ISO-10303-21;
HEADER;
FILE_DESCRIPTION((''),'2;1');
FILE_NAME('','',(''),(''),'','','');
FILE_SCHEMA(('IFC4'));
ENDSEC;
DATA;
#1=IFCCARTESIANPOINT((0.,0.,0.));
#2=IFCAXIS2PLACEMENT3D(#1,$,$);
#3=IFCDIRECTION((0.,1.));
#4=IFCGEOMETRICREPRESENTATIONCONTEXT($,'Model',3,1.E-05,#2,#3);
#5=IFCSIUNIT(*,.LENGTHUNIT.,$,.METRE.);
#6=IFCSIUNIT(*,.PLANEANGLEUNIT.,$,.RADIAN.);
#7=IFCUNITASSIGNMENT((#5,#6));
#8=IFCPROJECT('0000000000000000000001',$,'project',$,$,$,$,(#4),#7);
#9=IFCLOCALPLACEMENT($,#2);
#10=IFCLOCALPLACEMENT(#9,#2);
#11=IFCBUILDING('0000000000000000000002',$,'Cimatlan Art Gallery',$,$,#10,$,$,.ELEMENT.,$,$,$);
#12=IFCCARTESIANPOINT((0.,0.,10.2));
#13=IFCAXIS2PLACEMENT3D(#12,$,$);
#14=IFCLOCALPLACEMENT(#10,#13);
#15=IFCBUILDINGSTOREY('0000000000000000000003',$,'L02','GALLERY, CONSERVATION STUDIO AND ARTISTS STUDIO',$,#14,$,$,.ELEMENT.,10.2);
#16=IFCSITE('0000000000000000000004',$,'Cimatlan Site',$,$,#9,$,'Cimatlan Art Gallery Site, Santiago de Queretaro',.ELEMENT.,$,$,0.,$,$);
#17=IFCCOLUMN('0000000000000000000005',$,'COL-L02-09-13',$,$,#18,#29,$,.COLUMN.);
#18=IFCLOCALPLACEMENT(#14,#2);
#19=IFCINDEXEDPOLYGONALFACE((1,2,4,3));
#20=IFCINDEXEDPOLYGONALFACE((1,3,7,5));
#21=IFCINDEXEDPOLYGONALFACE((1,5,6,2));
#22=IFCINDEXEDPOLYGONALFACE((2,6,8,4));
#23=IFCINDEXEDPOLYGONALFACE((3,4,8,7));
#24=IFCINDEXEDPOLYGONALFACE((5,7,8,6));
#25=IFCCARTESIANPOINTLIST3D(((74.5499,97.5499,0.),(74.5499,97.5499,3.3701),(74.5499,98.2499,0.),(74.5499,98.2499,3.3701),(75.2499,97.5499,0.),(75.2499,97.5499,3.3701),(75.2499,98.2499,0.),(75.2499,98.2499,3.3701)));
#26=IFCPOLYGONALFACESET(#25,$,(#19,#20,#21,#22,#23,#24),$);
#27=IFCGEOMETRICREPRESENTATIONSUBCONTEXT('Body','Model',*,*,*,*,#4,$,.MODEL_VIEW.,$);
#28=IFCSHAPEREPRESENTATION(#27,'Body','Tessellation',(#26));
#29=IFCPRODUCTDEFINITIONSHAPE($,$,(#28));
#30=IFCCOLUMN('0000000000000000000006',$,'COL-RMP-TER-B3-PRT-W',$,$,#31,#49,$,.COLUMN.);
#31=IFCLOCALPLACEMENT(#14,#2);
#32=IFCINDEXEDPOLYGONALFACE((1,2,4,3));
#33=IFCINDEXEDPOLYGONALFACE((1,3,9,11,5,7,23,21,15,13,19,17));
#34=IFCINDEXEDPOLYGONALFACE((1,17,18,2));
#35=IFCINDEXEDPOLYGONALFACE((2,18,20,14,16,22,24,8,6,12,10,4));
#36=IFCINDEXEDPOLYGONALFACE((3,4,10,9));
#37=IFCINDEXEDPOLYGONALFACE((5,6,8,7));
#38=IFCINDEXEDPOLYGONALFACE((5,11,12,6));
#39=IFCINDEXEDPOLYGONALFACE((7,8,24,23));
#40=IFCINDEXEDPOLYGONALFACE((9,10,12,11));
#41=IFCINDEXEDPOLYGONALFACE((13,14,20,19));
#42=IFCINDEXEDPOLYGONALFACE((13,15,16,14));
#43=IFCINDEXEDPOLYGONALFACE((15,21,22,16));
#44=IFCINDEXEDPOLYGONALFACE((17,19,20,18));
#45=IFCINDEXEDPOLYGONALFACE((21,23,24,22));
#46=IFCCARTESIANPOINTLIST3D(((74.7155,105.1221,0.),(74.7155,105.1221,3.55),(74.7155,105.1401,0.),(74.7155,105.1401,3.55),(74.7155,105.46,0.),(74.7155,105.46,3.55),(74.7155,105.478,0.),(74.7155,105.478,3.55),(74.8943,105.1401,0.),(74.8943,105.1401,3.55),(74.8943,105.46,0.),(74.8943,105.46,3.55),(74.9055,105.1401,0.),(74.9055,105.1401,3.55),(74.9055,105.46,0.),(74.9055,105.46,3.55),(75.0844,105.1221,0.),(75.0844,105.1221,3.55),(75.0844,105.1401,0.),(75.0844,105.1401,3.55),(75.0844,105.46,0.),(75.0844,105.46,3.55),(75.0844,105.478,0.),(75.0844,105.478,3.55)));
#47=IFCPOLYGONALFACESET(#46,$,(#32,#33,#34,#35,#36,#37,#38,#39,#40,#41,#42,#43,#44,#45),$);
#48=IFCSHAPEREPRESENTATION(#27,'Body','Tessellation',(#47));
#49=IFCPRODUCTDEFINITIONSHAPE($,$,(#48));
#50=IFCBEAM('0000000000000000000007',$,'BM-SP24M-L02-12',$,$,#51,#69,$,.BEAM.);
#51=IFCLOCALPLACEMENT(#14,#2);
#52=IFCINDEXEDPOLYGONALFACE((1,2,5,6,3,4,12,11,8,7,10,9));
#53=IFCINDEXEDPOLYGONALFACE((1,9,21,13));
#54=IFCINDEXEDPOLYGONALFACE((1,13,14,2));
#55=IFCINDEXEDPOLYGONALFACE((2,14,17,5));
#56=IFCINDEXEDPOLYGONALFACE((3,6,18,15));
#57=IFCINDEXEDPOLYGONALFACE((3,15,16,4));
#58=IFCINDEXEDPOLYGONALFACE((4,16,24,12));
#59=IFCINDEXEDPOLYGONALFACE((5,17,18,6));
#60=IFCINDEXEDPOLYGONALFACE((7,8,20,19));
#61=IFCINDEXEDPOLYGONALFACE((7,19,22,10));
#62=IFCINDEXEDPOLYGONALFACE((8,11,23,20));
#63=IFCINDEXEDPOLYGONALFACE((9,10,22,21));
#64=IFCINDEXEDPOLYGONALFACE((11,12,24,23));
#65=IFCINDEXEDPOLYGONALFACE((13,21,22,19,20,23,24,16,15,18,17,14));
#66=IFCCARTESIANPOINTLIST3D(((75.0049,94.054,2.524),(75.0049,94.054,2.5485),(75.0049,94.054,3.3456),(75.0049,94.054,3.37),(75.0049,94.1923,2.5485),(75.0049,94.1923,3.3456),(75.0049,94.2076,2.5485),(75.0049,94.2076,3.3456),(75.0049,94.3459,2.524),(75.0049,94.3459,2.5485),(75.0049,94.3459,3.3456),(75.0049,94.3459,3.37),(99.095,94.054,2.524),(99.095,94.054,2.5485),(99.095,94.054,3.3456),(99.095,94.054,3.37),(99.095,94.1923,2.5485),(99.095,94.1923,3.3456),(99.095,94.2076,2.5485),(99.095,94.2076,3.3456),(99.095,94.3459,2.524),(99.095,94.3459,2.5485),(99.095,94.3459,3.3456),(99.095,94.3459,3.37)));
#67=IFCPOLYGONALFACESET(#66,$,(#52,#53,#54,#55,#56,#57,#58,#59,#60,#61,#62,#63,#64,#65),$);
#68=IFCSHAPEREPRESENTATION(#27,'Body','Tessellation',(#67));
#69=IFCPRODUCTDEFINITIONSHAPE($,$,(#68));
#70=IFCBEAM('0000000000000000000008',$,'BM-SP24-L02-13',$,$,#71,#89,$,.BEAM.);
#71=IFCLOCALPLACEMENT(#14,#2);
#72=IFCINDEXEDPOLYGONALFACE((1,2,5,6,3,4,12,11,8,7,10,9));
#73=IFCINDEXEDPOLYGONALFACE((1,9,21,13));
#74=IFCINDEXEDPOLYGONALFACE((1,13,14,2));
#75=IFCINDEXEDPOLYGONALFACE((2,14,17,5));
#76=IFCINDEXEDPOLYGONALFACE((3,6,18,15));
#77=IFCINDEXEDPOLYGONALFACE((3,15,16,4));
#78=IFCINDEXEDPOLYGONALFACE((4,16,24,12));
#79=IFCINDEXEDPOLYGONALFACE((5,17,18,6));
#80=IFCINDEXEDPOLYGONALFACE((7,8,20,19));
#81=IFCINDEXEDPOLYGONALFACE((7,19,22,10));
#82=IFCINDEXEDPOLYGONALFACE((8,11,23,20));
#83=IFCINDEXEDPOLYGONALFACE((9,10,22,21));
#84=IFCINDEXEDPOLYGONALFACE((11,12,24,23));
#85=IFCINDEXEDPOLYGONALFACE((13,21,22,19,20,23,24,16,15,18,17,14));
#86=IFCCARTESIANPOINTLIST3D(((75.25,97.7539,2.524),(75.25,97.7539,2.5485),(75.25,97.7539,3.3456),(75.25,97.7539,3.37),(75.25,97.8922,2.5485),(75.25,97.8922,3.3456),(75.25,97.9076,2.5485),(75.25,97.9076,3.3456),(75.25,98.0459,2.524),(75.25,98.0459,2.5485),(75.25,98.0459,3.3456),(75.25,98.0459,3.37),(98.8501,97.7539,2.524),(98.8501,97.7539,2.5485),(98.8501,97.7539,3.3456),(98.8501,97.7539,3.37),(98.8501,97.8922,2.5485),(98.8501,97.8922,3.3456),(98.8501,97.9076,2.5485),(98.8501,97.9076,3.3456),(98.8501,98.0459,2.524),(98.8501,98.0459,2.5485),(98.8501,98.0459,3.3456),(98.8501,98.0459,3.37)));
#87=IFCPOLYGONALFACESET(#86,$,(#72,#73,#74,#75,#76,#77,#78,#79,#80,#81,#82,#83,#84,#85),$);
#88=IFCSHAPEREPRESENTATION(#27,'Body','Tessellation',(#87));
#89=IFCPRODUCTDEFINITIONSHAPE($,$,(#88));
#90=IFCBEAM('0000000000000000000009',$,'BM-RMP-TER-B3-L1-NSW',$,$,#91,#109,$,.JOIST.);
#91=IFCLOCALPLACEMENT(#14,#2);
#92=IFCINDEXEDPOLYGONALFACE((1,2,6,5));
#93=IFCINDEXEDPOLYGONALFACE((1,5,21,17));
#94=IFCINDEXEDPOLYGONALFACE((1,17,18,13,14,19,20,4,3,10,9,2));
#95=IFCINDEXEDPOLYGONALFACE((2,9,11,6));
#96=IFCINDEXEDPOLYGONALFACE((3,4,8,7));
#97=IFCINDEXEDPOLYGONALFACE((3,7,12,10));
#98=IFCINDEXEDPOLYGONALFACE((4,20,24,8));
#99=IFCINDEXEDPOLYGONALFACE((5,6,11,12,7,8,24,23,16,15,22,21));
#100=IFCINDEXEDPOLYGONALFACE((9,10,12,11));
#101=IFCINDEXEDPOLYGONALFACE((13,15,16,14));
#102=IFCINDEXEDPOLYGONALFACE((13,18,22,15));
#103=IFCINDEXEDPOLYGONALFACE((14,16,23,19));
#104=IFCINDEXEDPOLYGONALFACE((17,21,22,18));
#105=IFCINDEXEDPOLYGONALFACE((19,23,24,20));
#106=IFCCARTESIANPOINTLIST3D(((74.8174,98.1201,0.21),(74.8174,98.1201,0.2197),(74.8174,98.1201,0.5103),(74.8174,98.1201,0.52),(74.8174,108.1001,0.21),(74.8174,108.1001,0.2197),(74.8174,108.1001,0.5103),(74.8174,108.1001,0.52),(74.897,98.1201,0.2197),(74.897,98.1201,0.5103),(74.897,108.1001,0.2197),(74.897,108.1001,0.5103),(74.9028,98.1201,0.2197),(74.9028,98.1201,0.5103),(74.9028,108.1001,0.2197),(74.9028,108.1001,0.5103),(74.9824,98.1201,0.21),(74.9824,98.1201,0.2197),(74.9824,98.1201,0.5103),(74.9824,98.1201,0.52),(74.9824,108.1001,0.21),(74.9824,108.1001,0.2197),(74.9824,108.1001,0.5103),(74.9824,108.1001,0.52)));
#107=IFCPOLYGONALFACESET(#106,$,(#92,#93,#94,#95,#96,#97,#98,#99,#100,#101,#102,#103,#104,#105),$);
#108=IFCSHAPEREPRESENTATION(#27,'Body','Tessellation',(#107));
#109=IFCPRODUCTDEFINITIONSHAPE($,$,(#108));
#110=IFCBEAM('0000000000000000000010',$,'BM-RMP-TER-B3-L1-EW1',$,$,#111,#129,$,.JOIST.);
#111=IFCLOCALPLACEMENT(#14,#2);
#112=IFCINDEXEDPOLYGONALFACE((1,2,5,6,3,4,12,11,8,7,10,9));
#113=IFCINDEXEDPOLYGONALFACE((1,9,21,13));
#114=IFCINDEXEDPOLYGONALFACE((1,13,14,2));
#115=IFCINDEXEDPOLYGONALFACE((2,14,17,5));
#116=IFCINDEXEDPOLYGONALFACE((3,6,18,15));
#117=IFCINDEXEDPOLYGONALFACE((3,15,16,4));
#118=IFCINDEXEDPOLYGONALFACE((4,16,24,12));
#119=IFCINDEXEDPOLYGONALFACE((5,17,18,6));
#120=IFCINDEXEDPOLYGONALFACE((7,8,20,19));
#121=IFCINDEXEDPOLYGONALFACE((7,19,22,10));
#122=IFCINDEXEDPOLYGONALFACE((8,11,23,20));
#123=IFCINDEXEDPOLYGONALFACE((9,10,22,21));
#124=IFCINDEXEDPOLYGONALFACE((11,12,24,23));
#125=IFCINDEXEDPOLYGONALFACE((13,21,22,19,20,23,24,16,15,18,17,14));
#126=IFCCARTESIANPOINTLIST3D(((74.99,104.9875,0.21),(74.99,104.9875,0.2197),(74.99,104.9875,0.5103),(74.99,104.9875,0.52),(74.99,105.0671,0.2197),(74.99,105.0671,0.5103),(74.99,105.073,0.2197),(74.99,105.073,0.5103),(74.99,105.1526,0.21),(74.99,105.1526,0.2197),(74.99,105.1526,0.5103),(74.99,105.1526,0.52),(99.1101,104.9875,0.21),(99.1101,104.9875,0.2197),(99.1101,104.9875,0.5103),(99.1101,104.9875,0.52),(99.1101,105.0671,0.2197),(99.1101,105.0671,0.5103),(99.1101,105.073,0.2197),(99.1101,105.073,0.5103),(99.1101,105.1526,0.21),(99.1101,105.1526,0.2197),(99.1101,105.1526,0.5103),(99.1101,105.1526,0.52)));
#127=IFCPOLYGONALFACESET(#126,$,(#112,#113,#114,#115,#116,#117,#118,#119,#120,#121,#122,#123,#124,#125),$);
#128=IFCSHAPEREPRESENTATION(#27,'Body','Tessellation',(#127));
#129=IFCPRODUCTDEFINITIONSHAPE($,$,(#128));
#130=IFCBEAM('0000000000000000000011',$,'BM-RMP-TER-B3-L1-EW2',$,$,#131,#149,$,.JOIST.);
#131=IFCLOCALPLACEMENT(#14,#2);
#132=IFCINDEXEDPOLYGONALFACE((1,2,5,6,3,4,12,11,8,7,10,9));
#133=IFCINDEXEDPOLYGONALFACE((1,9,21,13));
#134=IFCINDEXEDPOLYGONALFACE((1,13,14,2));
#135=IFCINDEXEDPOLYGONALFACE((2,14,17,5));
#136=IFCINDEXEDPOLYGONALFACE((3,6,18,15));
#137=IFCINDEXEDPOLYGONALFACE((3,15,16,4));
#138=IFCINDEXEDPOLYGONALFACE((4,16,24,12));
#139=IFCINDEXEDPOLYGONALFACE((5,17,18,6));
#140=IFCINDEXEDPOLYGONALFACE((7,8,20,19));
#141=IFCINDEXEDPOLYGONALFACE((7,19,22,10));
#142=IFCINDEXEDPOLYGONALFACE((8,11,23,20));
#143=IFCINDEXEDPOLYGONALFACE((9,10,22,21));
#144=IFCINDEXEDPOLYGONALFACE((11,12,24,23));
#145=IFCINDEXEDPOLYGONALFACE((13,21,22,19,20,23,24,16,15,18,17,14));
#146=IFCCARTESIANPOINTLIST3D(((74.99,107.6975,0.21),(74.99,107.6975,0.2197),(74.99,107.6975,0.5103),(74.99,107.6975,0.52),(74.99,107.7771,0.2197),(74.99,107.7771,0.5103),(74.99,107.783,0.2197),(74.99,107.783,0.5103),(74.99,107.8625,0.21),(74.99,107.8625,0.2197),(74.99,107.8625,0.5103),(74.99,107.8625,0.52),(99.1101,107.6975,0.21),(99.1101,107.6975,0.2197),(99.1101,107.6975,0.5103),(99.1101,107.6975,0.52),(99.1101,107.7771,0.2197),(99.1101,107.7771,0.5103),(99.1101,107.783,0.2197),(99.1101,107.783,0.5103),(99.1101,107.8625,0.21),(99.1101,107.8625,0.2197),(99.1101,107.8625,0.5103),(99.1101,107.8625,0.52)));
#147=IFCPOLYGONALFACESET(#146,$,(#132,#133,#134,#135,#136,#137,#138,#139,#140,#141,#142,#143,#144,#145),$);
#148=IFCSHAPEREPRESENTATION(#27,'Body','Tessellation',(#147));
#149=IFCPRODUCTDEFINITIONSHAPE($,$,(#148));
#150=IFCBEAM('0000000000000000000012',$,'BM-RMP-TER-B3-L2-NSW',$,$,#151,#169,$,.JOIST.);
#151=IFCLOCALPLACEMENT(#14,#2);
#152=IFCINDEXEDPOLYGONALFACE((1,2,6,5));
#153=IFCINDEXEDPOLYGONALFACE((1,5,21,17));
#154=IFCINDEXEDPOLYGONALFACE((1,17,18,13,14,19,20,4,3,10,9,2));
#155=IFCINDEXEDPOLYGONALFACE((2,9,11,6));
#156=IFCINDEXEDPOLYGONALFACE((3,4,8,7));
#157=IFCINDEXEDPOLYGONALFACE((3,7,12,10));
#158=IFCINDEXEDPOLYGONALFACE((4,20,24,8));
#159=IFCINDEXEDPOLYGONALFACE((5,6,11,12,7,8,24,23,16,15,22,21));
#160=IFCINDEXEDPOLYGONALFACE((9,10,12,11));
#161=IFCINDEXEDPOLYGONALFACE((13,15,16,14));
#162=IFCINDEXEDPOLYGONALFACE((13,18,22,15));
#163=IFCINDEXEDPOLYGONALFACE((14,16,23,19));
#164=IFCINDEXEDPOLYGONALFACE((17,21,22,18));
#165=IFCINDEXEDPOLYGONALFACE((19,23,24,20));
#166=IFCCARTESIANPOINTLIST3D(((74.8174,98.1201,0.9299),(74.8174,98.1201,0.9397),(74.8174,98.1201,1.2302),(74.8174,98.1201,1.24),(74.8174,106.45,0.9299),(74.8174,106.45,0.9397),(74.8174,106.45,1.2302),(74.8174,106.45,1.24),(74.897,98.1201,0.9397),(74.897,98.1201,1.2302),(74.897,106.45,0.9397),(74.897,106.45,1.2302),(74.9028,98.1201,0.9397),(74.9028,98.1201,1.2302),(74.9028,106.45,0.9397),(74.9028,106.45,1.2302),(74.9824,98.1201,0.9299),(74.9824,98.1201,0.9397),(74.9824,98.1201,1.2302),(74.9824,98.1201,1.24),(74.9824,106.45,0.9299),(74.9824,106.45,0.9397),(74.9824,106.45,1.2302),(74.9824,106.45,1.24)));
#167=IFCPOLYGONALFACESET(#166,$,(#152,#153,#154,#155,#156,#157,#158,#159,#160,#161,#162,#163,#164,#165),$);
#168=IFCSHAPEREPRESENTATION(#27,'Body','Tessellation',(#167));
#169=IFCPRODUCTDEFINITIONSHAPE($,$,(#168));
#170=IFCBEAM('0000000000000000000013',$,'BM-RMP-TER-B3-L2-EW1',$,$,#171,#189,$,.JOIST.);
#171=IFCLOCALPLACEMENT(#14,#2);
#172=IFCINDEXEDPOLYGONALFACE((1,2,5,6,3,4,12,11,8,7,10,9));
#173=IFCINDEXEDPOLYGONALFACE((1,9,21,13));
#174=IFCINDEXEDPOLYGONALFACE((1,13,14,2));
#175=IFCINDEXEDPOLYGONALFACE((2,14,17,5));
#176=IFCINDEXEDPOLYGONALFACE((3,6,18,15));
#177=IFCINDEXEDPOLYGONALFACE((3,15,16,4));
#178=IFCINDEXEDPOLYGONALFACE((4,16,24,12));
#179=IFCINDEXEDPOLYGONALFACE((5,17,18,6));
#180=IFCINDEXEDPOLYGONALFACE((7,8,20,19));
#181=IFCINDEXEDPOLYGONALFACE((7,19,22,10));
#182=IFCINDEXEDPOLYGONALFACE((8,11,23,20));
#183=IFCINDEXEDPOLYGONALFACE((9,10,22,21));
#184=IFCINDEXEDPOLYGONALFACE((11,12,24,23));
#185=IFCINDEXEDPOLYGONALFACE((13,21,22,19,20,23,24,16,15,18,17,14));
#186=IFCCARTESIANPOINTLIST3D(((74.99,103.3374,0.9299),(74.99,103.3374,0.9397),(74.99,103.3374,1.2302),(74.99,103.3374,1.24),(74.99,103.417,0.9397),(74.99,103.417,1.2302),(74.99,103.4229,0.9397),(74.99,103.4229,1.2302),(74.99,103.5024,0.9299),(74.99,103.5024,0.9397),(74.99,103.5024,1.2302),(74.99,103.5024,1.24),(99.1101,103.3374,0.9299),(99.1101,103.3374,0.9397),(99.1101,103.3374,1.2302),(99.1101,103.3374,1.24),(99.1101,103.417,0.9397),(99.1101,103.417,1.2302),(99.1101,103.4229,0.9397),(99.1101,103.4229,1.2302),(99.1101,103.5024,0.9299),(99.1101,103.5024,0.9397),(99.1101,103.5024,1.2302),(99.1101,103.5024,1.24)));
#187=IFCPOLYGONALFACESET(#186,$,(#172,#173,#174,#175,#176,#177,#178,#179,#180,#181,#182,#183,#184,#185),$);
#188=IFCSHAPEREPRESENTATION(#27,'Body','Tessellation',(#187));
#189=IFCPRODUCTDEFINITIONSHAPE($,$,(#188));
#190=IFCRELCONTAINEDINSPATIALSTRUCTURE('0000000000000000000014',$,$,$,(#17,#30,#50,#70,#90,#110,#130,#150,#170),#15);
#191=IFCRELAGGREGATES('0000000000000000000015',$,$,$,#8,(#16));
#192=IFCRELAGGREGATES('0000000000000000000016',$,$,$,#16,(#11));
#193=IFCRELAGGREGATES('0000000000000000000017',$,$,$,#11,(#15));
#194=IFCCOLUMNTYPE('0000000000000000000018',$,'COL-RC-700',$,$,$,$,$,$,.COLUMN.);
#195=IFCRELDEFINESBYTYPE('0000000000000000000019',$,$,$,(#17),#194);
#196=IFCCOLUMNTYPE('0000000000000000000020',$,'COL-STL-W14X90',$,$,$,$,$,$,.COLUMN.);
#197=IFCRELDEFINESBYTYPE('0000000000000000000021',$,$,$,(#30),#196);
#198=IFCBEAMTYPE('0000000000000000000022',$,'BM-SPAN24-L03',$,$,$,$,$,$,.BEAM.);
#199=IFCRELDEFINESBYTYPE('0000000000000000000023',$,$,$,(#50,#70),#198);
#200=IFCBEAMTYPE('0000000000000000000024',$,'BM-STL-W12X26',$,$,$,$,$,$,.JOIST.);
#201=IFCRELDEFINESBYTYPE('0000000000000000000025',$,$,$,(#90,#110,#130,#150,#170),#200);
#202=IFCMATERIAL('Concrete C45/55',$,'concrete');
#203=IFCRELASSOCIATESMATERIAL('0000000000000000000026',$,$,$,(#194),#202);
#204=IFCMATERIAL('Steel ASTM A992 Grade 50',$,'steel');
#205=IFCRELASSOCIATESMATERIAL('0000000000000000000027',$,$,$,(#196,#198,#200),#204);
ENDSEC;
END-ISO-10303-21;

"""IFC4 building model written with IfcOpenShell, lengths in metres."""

from ifc_helpers import new_model, si_unit, direction, frame, origin, origin_2d, place, context, subcontext, project, spatial, rectangle, i_section, extrude, material, material_profile, profile_set, type_object, element, save


model = new_model("IFC4")

# Units and contexts
model_context = context("Model", 3, precision=1e-05, world=origin(), true_north=direction((0.0, 1.0)))
body_context = subcontext(model_context, "Body", "Model", "MODEL_VIEW")
ifc_project = project(units=[si_unit("LENGTHUNIT", "METRE"), si_unit("PLANEANGLEUNIT", "RADIAN")], contexts=[model_context])

# Site, building, storey
site_placement = place(None, origin())
site = spatial("IfcSite", under=ifc_project, at=site_placement, Name="Cimatlan Site", LongName="Cimatlan Art Gallery Site, Santiago de Queretaro", CompositionType="ELEMENT", RefElevation=0.0)
building_placement = place(site_placement, origin())
building = spatial("IfcBuilding", under=site, at=building_placement, Name="Cimatlan Art Gallery", CompositionType="ELEMENT")
storey_placement = place(building_placement, frame((0.0, 0.0, 10.2)))
storey = spatial("IfcBuildingStorey", under=building, at=storey_placement, Name="L02", Description="GALLERY, CONSERVATION STUDIO AND ARTISTS STUDIO", CompositionType="ELEMENT", Elevation=10.2)

# Columns
ifc_material_1 = material(Name="Concrete C45/55", Category="concrete")
ifc_material_profile_1 = material_profile(ifc_material_1, rectangle(XDim=0.7, YDim=0.7, at=origin_2d()), Name="RC700X700")
ifc_profile_set_1 = profile_set([ifc_material_profile_1], Name="Concrete C45/55")
column_type_1 = type_object("IfcColumnType", Name="COL-RC-700", PredefinedType="COLUMN", material=ifc_profile_set_1)
column_1_placement = place(storey_placement, frame((74.8999, 97.8999, 0.0), z_axis=(0.0, 0.0, 1.0), x_axis=(1.0, 0.0, 0.0)))
element("IfcColumn", 1, at=column_1_placement, inside=storey, type_object=column_type_1, Name="COL-L02-09-13", PredefinedType="COLUMN", context=body_context, shape_type="SweptSolid", body=[
    extrude(rectangle(XDim=0.7, YDim=0.7, at=origin_2d()), origin(), (0.0, 0.0, 1.0), 3.3701),
])
ifc_material_2 = material(Name="Steel ASTM A992 Grade 50", Category="steel")
ifc_material_profile_2 = material_profile(ifc_material_2, i_section(OverallWidth=0.3689, OverallDepth=0.356, WebThickness=0.0112, FlangeThickness=0.0181, at=origin_2d()), Name="W14X90")
ifc_profile_set_2 = profile_set([ifc_material_profile_2], Name="Steel ASTM A992 Grade 50")
column_type_2 = type_object("IfcColumnType", Name="COL-STL-W14X90", PredefinedType="COLUMN", material=ifc_profile_set_2)
column_2_placement = place(storey_placement, frame((74.8999, 105.3, 0.0), z_axis=(0.0, 0.0, 1.0), x_axis=(1.0, 0.0, 0.0)))
element("IfcColumn", 2, at=column_2_placement, inside=storey, type_object=column_type_2, Name="COL-RMP-TER-B3-PRT-W", PredefinedType="COLUMN", context=body_context, shape_type="SweptSolid", body=[
    extrude(i_section(OverallWidth=0.3689, OverallDepth=0.356, WebThickness=0.0112, FlangeThickness=0.0181, at=origin_2d()), origin(), (0.0, 0.0, 1.0), 3.55),
])

# Beams
ifc_material_profile_3 = material_profile(ifc_material_2, i_section(OverallWidth=0.292, OverallDepth=0.8459, WebThickness=0.0154, FlangeThickness=0.0244, at=origin_2d()), Name="W33X141")
ifc_profile_set_3 = profile_set([ifc_material_profile_3], Name="Steel ASTM A992 Grade 50")
beam_type_1 = type_object("IfcBeamType", Name="BM-SPAN24-L03", PredefinedType="BEAM", material=ifc_profile_set_3)
beam_1_placement = place(storey_placement, frame((75.0049, 94.2, 2.947), z_axis=(1.0, 0.0, 0.0), x_axis=(0.0, 1.0, 0.0)))
element("IfcBeam", 3, at=beam_1_placement, inside=storey, type_object=beam_type_1, Name="BM-SP24M-L02-12", PredefinedType="BEAM", context=body_context, shape_type="SweptSolid", body=[
    extrude(i_section(OverallWidth=0.292, OverallDepth=0.8459, WebThickness=0.0154, FlangeThickness=0.0244, at=origin_2d()), origin(), (0.0, 0.0, 1.0), 24.0901),
])
beam_2_placement = place(storey_placement, frame((75.25, 97.8999, 2.947), z_axis=(1.0, 0.0, 0.0), x_axis=(0.0, 1.0, 0.0)))
element("IfcBeam", 4, at=beam_2_placement, inside=storey, type_object=beam_type_1, Name="BM-SP24-L02-13", PredefinedType="BEAM", context=body_context, shape_type="SweptSolid", body=[
    extrude(i_section(OverallWidth=0.292, OverallDepth=0.8459, WebThickness=0.0154, FlangeThickness=0.0244, at=origin_2d()), origin(), (0.0, 0.0, 1.0), 23.6001),
])
ifc_material_profile_4 = material_profile(ifc_material_2, i_section(OverallWidth=0.165, OverallDepth=0.3101, WebThickness=0.0059, FlangeThickness=0.0098, at=origin_2d()), Name="W12X26")
ifc_profile_set_4 = profile_set([ifc_material_profile_4], Name="Steel ASTM A992 Grade 50")
beam_type_2 = type_object("IfcBeamType", Name="BM-STL-W12X26", PredefinedType="JOIST", material=ifc_profile_set_4)
beam_3_placement = place(storey_placement, frame((74.8999, 98.1201, 0.365), z_axis=(0.0, 1.0, 0.0), x_axis=(-1.0, 0.0, 0.0)))
element("IfcBeam", 5, at=beam_3_placement, inside=storey, type_object=beam_type_2, Name="BM-RMP-TER-B3-L1-NSW", PredefinedType="JOIST", context=body_context, shape_type="SweptSolid", body=[
    extrude(i_section(OverallWidth=0.165, OverallDepth=0.3101, WebThickness=0.0059, FlangeThickness=0.0098, at=origin_2d()), origin(), (0.0, 0.0, 1.0), 9.98),
])
for number, where, z_axis, x_axis, name in (
    (6, (74.99, 105.0701, 0.365), (1.0, 0.0, 0.0), (0.0, 1.0, 0.0), "BM-RMP-TER-B3-L1-EW1"),
    (7, (74.99, 107.78, 0.365), (1.0, 0.0, 0.0), (0.0, 1.0, 0.0), "BM-RMP-TER-B3-L1-EW2"),
):
    element("IfcBeam", number, at=place(storey_placement, frame(where, z_axis=z_axis, x_axis=x_axis)), inside=storey, type_object=beam_type_2, Name=name, PredefinedType="JOIST", context=body_context, shape_type="SweptSolid", body=[
        extrude(i_section(OverallWidth=0.165, OverallDepth=0.3101, WebThickness=0.0059, FlangeThickness=0.0098, at=origin_2d()), origin(), (0.0, 0.0, 1.0), 24.1201),
    ])
beam_4_placement = place(storey_placement, frame((74.8999, 98.1201, 1.085), z_axis=(0.0, 1.0, 0.0), x_axis=(-1.0, 0.0, 0.0)))
element("IfcBeam", 8, at=beam_4_placement, inside=storey, type_object=beam_type_2, Name="BM-RMP-TER-B3-L2-NSW", PredefinedType="JOIST", context=body_context, shape_type="SweptSolid", body=[
    extrude(i_section(OverallWidth=0.165, OverallDepth=0.3101, WebThickness=0.0059, FlangeThickness=0.0098, at=origin_2d()), origin(), (0.0, 0.0, 1.0), 8.3298),
])
for number, where, z_axis, x_axis, name in (
    (9, (74.99, 103.4199, 1.085), (1.0, 0.0, 0.0), (0.0, 1.0, 0.0), "BM-RMP-TER-B3-L2-EW1"),
):
    element("IfcBeam", number, at=place(storey_placement, frame(where, z_axis=z_axis, x_axis=x_axis)), inside=storey, type_object=beam_type_2, Name=name, PredefinedType="JOIST", context=body_context, shape_type="SweptSolid", body=[
        extrude(i_section(OverallWidth=0.165, OverallDepth=0.3101, WebThickness=0.0059, FlangeThickness=0.0098, at=origin_2d()), origin(), (0.0, 0.0, 1.0), 24.1201),
    ])

save(model, "model.ifc")
